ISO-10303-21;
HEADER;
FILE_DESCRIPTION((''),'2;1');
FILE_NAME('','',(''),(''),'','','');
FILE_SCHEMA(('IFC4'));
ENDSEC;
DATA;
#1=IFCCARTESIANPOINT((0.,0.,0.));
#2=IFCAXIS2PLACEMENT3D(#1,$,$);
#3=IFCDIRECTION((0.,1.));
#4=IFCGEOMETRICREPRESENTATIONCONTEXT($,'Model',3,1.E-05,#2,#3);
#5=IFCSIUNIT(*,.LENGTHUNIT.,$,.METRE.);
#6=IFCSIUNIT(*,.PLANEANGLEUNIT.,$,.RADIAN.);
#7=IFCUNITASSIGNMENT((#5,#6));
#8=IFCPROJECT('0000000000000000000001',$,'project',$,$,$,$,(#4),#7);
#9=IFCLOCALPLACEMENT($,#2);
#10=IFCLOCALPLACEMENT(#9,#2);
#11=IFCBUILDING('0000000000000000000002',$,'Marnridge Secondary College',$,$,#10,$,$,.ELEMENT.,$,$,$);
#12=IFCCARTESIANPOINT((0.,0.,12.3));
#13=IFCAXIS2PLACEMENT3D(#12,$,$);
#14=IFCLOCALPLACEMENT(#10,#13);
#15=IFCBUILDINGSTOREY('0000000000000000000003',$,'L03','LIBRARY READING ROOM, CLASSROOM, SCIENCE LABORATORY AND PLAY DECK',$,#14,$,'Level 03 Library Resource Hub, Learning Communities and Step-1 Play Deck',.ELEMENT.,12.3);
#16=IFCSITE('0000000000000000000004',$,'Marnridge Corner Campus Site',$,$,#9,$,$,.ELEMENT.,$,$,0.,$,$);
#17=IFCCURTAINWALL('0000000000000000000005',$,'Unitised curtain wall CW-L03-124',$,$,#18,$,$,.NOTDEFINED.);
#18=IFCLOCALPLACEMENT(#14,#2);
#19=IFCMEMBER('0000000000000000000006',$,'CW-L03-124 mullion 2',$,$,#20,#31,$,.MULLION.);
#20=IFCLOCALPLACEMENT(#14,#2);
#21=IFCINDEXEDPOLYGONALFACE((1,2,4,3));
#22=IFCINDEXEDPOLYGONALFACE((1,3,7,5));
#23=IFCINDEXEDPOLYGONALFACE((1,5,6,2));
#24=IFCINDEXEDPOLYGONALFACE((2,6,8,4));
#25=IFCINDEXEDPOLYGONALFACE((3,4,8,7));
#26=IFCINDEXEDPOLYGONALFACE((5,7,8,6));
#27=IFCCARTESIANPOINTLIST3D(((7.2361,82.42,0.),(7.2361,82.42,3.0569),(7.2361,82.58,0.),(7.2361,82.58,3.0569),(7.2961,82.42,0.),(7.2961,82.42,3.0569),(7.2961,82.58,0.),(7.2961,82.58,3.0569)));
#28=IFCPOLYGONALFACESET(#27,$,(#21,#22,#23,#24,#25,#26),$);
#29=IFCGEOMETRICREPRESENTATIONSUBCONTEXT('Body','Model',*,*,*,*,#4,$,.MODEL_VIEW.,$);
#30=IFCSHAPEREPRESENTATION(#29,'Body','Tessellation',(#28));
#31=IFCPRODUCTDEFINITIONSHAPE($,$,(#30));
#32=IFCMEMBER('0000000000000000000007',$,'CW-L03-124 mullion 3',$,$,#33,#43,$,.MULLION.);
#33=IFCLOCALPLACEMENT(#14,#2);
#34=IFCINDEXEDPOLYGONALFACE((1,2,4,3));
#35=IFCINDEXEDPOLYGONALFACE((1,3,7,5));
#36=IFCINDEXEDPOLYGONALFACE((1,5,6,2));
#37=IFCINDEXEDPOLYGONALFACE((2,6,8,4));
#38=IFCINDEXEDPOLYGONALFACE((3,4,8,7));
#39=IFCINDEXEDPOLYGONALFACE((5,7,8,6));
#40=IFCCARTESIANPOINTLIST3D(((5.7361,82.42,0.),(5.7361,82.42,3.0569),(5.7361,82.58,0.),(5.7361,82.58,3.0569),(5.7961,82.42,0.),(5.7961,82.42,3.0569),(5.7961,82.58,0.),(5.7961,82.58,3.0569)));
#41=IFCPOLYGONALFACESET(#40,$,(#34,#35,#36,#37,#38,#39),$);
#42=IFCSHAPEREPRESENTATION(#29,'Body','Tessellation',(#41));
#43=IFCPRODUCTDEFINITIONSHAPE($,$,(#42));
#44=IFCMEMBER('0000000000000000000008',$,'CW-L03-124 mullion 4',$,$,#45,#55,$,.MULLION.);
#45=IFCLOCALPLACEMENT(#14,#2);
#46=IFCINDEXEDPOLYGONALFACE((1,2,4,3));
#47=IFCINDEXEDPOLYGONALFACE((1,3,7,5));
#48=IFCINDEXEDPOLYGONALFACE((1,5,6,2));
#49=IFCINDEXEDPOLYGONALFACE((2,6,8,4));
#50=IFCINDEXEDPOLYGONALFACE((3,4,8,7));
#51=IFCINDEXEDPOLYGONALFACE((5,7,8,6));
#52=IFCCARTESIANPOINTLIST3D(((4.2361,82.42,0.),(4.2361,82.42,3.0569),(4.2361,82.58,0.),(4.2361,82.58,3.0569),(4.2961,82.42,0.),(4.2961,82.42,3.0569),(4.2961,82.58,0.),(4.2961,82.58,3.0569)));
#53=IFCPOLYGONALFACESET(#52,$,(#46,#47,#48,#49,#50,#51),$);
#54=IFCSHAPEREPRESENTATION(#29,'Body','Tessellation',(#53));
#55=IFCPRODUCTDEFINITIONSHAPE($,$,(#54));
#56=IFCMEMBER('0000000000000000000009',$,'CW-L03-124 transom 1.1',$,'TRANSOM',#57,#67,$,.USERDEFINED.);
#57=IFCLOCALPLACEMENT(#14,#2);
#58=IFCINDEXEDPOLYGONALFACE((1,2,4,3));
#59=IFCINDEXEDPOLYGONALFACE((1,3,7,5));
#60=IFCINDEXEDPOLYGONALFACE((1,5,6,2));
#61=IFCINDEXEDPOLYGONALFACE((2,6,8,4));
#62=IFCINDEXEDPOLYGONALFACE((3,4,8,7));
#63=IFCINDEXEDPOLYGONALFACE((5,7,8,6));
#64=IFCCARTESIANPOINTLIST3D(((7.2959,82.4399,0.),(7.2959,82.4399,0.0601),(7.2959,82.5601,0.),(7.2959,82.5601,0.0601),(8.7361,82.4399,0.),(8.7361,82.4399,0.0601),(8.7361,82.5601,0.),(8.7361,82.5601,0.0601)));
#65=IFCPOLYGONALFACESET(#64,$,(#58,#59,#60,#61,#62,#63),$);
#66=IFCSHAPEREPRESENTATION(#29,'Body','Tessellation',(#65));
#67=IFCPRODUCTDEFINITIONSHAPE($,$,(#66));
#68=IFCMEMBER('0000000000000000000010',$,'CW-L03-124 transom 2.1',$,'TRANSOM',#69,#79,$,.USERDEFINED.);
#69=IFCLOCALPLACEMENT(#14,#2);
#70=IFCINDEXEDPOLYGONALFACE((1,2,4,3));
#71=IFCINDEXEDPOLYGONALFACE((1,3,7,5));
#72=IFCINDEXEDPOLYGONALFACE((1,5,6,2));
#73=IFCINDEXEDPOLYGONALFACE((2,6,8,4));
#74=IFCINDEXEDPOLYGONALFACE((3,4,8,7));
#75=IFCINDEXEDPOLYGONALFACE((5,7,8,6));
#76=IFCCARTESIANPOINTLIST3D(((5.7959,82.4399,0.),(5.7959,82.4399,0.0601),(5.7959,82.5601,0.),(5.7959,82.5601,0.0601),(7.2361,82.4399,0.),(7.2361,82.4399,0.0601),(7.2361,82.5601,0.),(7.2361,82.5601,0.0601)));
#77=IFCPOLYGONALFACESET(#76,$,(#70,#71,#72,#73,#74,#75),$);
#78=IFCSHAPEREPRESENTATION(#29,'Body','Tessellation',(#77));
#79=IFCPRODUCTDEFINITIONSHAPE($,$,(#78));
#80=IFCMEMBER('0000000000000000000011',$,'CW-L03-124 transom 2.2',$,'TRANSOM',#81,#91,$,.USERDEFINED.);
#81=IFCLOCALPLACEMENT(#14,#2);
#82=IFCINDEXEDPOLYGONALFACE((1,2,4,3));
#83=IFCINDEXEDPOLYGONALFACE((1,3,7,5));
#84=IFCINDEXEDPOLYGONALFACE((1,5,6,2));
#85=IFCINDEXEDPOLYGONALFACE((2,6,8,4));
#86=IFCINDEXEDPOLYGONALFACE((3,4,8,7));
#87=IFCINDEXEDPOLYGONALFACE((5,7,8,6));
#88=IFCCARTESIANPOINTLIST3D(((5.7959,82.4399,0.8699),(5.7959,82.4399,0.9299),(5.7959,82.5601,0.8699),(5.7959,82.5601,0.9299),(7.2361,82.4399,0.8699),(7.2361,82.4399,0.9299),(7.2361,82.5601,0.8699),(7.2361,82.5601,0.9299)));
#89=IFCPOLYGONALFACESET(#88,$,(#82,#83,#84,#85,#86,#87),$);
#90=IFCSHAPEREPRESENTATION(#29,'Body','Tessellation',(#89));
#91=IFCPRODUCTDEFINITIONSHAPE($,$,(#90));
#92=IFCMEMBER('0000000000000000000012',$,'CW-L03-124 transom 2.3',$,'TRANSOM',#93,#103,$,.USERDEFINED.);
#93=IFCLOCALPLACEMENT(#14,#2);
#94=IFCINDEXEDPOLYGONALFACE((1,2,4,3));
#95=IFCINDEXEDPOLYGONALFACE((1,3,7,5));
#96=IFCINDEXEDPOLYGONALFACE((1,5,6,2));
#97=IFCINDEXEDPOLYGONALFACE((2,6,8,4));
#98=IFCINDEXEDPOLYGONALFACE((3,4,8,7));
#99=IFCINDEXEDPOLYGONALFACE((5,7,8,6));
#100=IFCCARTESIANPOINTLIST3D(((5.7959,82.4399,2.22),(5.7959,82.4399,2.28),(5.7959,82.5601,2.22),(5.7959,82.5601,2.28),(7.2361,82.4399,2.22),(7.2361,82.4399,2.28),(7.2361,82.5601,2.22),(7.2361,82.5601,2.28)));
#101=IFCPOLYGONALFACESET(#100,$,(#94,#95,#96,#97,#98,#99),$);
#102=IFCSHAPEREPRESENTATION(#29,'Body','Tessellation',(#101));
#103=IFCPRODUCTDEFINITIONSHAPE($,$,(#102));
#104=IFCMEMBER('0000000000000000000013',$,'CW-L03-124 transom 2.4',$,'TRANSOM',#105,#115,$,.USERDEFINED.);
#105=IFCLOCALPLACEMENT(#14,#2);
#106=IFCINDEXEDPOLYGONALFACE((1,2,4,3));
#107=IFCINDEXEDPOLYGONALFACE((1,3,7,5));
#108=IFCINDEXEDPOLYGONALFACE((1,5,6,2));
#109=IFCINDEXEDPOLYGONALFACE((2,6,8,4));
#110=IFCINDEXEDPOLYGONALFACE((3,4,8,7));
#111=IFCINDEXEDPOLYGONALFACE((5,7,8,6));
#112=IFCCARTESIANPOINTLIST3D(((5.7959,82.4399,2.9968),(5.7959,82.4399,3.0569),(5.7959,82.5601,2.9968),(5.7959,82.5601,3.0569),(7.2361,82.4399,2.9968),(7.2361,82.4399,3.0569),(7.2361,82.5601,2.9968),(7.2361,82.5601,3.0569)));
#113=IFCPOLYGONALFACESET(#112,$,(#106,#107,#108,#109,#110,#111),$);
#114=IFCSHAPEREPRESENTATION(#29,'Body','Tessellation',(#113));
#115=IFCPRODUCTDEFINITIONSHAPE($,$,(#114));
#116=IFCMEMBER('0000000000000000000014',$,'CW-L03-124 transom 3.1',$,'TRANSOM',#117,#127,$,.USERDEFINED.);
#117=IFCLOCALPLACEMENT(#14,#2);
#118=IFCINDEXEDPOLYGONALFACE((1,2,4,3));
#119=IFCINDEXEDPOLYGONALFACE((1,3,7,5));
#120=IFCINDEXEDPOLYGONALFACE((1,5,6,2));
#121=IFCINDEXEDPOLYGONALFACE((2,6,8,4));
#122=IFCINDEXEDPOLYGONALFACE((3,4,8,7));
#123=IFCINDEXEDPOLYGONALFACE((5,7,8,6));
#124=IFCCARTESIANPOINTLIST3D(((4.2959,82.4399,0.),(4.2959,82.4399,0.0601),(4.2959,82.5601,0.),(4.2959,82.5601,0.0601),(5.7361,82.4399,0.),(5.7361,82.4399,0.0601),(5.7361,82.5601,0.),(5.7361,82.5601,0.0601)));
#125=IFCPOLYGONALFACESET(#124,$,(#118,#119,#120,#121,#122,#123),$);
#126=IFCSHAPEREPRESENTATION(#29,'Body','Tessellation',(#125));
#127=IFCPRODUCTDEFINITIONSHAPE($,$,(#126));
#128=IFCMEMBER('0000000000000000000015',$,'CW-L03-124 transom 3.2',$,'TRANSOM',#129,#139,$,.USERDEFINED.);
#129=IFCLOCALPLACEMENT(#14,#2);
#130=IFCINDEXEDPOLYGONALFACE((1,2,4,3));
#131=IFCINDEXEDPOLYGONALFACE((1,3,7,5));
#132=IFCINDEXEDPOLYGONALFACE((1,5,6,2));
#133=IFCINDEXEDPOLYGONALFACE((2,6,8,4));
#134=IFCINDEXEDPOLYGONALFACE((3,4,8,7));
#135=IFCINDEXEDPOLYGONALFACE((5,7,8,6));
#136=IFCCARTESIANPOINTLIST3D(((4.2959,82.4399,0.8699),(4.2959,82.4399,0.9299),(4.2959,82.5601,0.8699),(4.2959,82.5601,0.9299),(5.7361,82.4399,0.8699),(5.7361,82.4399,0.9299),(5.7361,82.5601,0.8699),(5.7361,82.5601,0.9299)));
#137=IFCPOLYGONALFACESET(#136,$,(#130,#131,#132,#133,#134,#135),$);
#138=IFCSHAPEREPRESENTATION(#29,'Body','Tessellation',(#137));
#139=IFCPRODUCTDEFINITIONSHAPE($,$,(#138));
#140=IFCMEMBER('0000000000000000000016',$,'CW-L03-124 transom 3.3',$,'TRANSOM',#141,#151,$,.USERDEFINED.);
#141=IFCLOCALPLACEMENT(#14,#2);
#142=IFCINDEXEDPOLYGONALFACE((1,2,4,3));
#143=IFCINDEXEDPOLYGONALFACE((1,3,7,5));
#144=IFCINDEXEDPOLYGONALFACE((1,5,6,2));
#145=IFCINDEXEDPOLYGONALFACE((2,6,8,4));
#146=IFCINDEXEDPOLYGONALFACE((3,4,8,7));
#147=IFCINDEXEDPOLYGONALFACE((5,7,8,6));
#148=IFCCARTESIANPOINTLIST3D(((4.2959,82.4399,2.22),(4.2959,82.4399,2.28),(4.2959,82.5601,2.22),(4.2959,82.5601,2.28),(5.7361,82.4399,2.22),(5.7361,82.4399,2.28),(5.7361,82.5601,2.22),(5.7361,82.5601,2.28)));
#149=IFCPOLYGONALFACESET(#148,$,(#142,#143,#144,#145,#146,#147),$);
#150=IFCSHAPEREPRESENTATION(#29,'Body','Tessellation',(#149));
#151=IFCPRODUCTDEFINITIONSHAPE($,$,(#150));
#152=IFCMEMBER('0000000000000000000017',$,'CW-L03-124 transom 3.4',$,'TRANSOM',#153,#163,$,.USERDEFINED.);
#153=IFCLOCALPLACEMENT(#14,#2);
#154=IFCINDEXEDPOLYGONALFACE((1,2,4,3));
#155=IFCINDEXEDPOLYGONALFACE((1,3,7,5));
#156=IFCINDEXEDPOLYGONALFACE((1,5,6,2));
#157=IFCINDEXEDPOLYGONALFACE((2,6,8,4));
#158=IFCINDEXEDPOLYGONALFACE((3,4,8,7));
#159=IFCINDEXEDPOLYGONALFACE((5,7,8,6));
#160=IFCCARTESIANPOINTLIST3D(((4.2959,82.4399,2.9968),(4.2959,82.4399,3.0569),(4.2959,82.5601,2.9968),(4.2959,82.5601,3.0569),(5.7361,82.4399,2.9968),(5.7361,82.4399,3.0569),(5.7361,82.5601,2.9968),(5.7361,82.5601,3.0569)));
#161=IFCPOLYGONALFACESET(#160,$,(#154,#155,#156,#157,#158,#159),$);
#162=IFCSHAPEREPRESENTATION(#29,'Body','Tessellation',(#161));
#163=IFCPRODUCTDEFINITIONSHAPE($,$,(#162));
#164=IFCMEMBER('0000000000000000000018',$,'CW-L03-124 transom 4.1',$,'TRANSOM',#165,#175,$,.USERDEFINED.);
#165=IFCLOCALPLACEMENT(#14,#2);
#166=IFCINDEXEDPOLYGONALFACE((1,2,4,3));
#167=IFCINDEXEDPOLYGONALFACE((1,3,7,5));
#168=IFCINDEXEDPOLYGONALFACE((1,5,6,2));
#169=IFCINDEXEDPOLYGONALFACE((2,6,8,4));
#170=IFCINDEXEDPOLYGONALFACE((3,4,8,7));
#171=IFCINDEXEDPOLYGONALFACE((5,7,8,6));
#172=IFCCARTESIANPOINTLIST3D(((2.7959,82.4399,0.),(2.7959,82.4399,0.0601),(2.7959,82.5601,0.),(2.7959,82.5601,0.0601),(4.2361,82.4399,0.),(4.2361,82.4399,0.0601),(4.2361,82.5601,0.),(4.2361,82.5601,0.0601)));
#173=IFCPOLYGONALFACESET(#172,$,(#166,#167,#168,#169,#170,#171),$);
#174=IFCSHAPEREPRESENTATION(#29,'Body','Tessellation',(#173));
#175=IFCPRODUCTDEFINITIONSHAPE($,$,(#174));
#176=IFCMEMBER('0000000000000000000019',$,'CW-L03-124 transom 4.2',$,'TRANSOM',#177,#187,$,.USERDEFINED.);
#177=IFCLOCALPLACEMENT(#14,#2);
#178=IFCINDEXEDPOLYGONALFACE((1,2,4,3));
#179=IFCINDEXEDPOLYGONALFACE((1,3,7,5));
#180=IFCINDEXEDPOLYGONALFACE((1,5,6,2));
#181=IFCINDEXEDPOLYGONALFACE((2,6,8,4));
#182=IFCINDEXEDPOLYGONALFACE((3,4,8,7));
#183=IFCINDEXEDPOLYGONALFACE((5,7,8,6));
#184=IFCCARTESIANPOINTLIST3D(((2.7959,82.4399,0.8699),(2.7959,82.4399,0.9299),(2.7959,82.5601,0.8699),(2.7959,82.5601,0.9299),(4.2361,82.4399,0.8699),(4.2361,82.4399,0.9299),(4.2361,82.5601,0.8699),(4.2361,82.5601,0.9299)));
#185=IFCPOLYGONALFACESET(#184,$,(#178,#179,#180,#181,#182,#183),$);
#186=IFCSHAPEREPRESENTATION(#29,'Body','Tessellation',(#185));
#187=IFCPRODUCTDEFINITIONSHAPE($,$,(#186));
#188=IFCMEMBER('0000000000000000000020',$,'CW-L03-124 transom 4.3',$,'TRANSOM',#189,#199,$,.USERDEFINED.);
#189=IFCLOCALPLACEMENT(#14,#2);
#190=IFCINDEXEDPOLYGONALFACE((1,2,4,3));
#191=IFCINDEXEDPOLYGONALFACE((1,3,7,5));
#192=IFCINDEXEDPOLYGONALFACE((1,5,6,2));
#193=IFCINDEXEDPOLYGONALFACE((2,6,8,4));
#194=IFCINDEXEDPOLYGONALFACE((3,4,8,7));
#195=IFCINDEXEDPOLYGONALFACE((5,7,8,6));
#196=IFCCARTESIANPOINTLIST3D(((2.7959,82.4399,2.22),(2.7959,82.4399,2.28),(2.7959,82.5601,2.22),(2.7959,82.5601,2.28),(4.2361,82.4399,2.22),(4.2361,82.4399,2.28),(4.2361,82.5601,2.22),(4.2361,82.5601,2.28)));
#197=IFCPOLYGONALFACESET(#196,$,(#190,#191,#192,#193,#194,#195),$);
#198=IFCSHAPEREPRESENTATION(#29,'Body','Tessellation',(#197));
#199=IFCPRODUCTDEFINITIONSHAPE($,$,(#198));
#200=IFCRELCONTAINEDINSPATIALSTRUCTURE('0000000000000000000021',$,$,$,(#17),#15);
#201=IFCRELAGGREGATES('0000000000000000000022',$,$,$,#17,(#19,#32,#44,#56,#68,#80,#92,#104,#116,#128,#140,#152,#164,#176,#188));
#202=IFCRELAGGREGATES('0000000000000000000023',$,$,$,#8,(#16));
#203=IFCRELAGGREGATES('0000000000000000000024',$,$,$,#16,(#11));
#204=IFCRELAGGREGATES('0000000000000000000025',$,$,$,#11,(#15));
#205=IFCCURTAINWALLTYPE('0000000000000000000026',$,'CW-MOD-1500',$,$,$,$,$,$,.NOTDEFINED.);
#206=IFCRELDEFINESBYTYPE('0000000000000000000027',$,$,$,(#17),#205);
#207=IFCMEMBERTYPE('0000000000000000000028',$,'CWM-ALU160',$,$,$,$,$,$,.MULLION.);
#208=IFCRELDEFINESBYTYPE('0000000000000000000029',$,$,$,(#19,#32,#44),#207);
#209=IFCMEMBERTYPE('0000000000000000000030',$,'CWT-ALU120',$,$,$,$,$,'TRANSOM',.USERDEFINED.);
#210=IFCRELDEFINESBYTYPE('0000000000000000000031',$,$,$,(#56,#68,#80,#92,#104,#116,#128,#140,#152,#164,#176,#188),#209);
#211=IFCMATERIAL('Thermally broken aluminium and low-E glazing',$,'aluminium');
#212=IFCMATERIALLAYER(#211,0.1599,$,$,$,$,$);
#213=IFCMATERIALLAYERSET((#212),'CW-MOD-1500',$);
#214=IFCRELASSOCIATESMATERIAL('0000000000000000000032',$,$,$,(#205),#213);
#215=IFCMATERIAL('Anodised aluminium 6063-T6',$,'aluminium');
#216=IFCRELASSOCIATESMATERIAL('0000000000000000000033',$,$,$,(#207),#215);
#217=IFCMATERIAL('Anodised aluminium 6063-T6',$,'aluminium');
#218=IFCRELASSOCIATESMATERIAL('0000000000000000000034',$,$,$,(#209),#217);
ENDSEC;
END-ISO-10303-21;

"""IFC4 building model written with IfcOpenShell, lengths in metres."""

from ifc_helpers import new_model, si_unit, direction, frame, origin, origin_2d, place, context, subcontext, project, spatial, rectangle, extrude, material, layer, layer_set, material_profile, profile_set, type_object, element, aggregate, save


model = new_model("IFC4")

# Units and contexts
model_context = context("Model", 3, precision=1e-05, world=origin(), true_north=direction((0.0, 1.0)))
body_context = subcontext(model_context, "Body", "Model", "MODEL_VIEW")
ifc_project = project(units=[si_unit("LENGTHUNIT", "METRE"), si_unit("PLANEANGLEUNIT", "RADIAN")], contexts=[model_context])

# Site, building, storey
site_placement = place(None, origin())
site = spatial("IfcSite", under=ifc_project, at=site_placement, Name="Marnridge Corner Campus Site", CompositionType="ELEMENT", RefElevation=0.0)
building_placement = place(site_placement, origin())
building = spatial("IfcBuilding", under=site, at=building_placement, Name="Marnridge Secondary College", CompositionType="ELEMENT")
storey_placement = place(building_placement, frame((0.0, 0.0, 12.3)))
storey = spatial("IfcBuildingStorey", under=building, at=storey_placement, Name="L03", Description="LIBRARY READING ROOM, CLASSROOM, SCIENCE LABORATORY AND PLAY DECK", LongName="Level 03 Library Resource Hub, Learning Communities and Step-1 Play Deck", CompositionType="ELEMENT", Elevation=12.3)

# Curtain wall, members
ifc_material_1 = material(Name="Thermally broken aluminium and low-E glazing", Category="aluminium")
ifc_layer_1 = layer(ifc_material_1, 0.1599)
ifc_layer_set_1 = layer_set([ifc_layer_1], Name="CW-MOD-1500")
curtain_wall_type = type_object("IfcCurtainWallType", Name="CW-MOD-1500", PredefinedType="NOTDEFINED", material=ifc_layer_set_1)
curtain_wall_placement = place(storey_placement, origin())
curtain_wall = element("IfcCurtainWall", 1, at=curtain_wall_placement, inside=storey, type_object=curtain_wall_type, Name="Unitised curtain wall CW-L03-124", PredefinedType="NOTDEFINED")
ifc_material_2 = material(Name="Anodised aluminium 6063-T6", Category="aluminium")
ifc_material_profile_1 = material_profile(ifc_material_2, rectangle(XDim=0.0601, YDim=0.1599, at=origin_2d()), Name="ALU 60x160")
ifc_profile_set_1 = profile_set([ifc_material_profile_1], Name="Anodised aluminium 6063-T6")
member_type_1 = type_object("IfcMemberType", Name="CWM-ALU160", PredefinedType="MULLION", material=ifc_profile_set_1)
member_1_placement = place(storey_placement, frame((7.2661, 82.5, 0.0), z_axis=(0.0, 0.0, 1.0), x_axis=(-1.0, 0.0, 0.0)))
member_1 = element("IfcMember", 2, at=member_1_placement, type_object=member_type_1, Name="CW-L03-124 mullion 2", PredefinedType="MULLION", context=body_context, shape_type="SweptSolid", body=[
    extrude(rectangle(XDim=0.0601, YDim=0.1599, at=origin_2d()), origin(), (0.0, 0.0, 1.0), 3.0569),
])
member_2_placement = place(storey_placement, frame((5.7661, 82.5, 0.0), z_axis=(0.0, 0.0, 1.0), x_axis=(-1.0, 0.0, 0.0)))
member_2 = element("IfcMember", 3, at=member_2_placement, type_object=member_type_1, Name="CW-L03-124 mullion 3", PredefinedType="MULLION", context=body_context, shape_type="SweptSolid", body=[
    extrude(rectangle(XDim=0.0601, YDim=0.1599, at=origin_2d()), origin(), (0.0, 0.0, 1.0), 3.0569),
])
member_3_placement = place(storey_placement, frame((4.2661, 82.5, 0.0), z_axis=(0.0, 0.0, 1.0), x_axis=(-1.0, 0.0, 0.0)))
member_3 = element("IfcMember", 4, at=member_3_placement, type_object=member_type_1, Name="CW-L03-124 mullion 4", PredefinedType="MULLION", context=body_context, shape_type="SweptSolid", body=[
    extrude(rectangle(XDim=0.0601, YDim=0.1599, at=origin_2d()), origin(), (0.0, 0.0, 1.0), 3.0569),
])
ifc_material_3 = material(Name="Anodised aluminium 6063-T6", Category="aluminium")
ifc_material_profile_2 = material_profile(ifc_material_3, rectangle(XDim=0.0601, YDim=0.1201, at=origin_2d()), Name="ALU 60x120")
ifc_profile_set_2 = profile_set([ifc_material_profile_2], Name="Anodised aluminium 6063-T6")
member_type_2 = type_object("IfcMemberType", Name="CWT-ALU120", ElementType="TRANSOM", PredefinedType="USERDEFINED", material=ifc_profile_set_2)
member_4_placement = place(storey_placement, frame((8.7361, 82.5, 0.03), z_axis=(-1.0, 0.0, 0.0), x_axis=(0.0, 0.0, 1.0)))
member_4 = element("IfcMember", 5, at=member_4_placement, type_object=member_type_2, Name="CW-L03-124 transom 1.1", ObjectType="TRANSOM", PredefinedType="USERDEFINED", context=body_context, shape_type="SweptSolid", body=[
    extrude(rectangle(XDim=0.0601, YDim=0.1201, at=origin_2d()), origin(), (0.0, 0.0, 1.0), 1.4402),
])
member_5_placement = place(storey_placement, frame((7.2361, 82.5, 0.03), z_axis=(-1.0, 0.0, 0.0), x_axis=(0.0, 0.0, 1.0)))
member_5 = element("IfcMember", 6, at=member_5_placement, type_object=member_type_2, Name="CW-L03-124 transom 2.1", ObjectType="TRANSOM", PredefinedType="USERDEFINED", context=body_context, shape_type="SweptSolid", body=[
    extrude(rectangle(XDim=0.0601, YDim=0.1201, at=origin_2d()), origin(), (0.0, 0.0, 1.0), 1.4402),
])
member_6_placement = place(storey_placement, frame((7.2361, 82.5, 0.8999), z_axis=(-1.0, 0.0, 0.0), x_axis=(0.0, 0.0, 1.0)))
member_6 = element("IfcMember", 7, at=member_6_placement, type_object=member_type_2, Name="CW-L03-124 transom 2.2", ObjectType="TRANSOM", PredefinedType="USERDEFINED", context=body_context, shape_type="SweptSolid", body=[
    extrude(rectangle(XDim=0.0601, YDim=0.1201, at=origin_2d()), origin(), (0.0, 0.0, 1.0), 1.4402),
])
member_7_placement = place(storey_placement, frame((7.2361, 82.5, 2.25), z_axis=(-1.0, 0.0, 0.0), x_axis=(0.0, 0.0, 1.0)))
member_7 = element("IfcMember", 8, at=member_7_placement, type_object=member_type_2, Name="CW-L03-124 transom 2.3", ObjectType="TRANSOM", PredefinedType="USERDEFINED", context=body_context, shape_type="SweptSolid", body=[
    extrude(rectangle(XDim=0.0601, YDim=0.1201, at=origin_2d()), origin(), (0.0, 0.0, 1.0), 1.4402),
])
member_8_placement = place(storey_placement, frame((7.2361, 82.5, 3.0269), z_axis=(-1.0, 0.0, 0.0), x_axis=(0.0, 0.0, 1.0)))
member_8 = element("IfcMember", 9, at=member_8_placement, type_object=member_type_2, Name="CW-L03-124 transom 2.4", ObjectType="TRANSOM", PredefinedType="USERDEFINED", context=body_context, shape_type="SweptSolid", body=[
    extrude(rectangle(XDim=0.0601, YDim=0.1201, at=origin_2d()), origin(), (0.0, 0.0, 1.0), 1.4402),
])
member_9_placement = place(storey_placement, frame((5.7361, 82.5, 0.03), z_axis=(-1.0, 0.0, 0.0), x_axis=(0.0, 0.0, 1.0)))
member_9 = element("IfcMember", 10, at=member_9_placement, type_object=member_type_2, Name="CW-L03-124 transom 3.1", ObjectType="TRANSOM", PredefinedType="USERDEFINED", context=body_context, shape_type="SweptSolid", body=[
    extrude(rectangle(XDim=0.0601, YDim=0.1201, at=origin_2d()), origin(), (0.0, 0.0, 1.0), 1.4402),
])
member_10_placement = place(storey_placement, frame((5.7361, 82.5, 0.8999), z_axis=(-1.0, 0.0, 0.0), x_axis=(0.0, 0.0, 1.0)))
member_10 = element("IfcMember", 11, at=member_10_placement, type_object=member_type_2, Name="CW-L03-124 transom 3.2", ObjectType="TRANSOM", PredefinedType="USERDEFINED", context=body_context, shape_type="SweptSolid", body=[
    extrude(rectangle(XDim=0.0601, YDim=0.1201, at=origin_2d()), origin(), (0.0, 0.0, 1.0), 1.4402),
])
member_11_placement = place(storey_placement, frame((5.7361, 82.5, 2.25), z_axis=(-1.0, 0.0, 0.0), x_axis=(0.0, 0.0, 1.0)))
member_11 = element("IfcMember", 12, at=member_11_placement, type_object=member_type_2, Name="CW-L03-124 transom 3.3", ObjectType="TRANSOM", PredefinedType="USERDEFINED", context=body_context, shape_type="SweptSolid", body=[
    extrude(rectangle(XDim=0.0601, YDim=0.1201, at=origin_2d()), origin(), (0.0, 0.0, 1.0), 1.4402),
])
member_12_placement = place(storey_placement, frame((5.7361, 82.5, 3.0269), z_axis=(-1.0, 0.0, 0.0), x_axis=(0.0, 0.0, 1.0)))
member_12 = element("IfcMember", 13, at=member_12_placement, type_object=member_type_2, Name="CW-L03-124 transom 3.4", ObjectType="TRANSOM", PredefinedType="USERDEFINED", context=body_context, shape_type="SweptSolid", body=[
    extrude(rectangle(XDim=0.0601, YDim=0.1201, at=origin_2d()), origin(), (0.0, 0.0, 1.0), 1.4402),
])
member_13_placement = place(storey_placement, frame((4.2361, 82.5, 0.03), z_axis=(-1.0, 0.0, 0.0), x_axis=(0.0, 0.0, 1.0)))
member_13 = element("IfcMember", 14, at=member_13_placement, type_object=member_type_2, Name="CW-L03-124 transom 4.1", ObjectType="TRANSOM", PredefinedType="USERDEFINED", context=body_context, shape_type="SweptSolid", body=[
    extrude(rectangle(XDim=0.0601, YDim=0.1201, at=origin_2d()), origin(), (0.0, 0.0, 1.0), 1.4402),
])
member_14_placement = place(storey_placement, frame((4.2361, 82.5, 0.8999), z_axis=(-1.0, 0.0, 0.0), x_axis=(0.0, 0.0, 1.0)))
member_14 = element("IfcMember", 15, at=member_14_placement, type_object=member_type_2, Name="CW-L03-124 transom 4.2", ObjectType="TRANSOM", PredefinedType="USERDEFINED", context=body_context, shape_type="SweptSolid", body=[
    extrude(rectangle(XDim=0.0601, YDim=0.1201, at=origin_2d()), origin(), (0.0, 0.0, 1.0), 1.4402),
])
member_15_placement = place(storey_placement, frame((4.2361, 82.5, 2.25), z_axis=(-1.0, 0.0, 0.0), x_axis=(0.0, 0.0, 1.0)))
member_15 = element("IfcMember", 16, at=member_15_placement, type_object=member_type_2, Name="CW-L03-124 transom 4.3", ObjectType="TRANSOM", PredefinedType="USERDEFINED", context=body_context, shape_type="SweptSolid", body=[
    extrude(rectangle(XDim=0.0601, YDim=0.1201, at=origin_2d()), origin(), (0.0, 0.0, 1.0), 1.4402),
])
aggregate(curtain_wall, [member_1, member_2, member_3, member_4, member_5, member_6, member_7, member_8, member_9, member_10, member_11, member_12, member_13, member_14, member_15])

save(model, "model.ifc")
